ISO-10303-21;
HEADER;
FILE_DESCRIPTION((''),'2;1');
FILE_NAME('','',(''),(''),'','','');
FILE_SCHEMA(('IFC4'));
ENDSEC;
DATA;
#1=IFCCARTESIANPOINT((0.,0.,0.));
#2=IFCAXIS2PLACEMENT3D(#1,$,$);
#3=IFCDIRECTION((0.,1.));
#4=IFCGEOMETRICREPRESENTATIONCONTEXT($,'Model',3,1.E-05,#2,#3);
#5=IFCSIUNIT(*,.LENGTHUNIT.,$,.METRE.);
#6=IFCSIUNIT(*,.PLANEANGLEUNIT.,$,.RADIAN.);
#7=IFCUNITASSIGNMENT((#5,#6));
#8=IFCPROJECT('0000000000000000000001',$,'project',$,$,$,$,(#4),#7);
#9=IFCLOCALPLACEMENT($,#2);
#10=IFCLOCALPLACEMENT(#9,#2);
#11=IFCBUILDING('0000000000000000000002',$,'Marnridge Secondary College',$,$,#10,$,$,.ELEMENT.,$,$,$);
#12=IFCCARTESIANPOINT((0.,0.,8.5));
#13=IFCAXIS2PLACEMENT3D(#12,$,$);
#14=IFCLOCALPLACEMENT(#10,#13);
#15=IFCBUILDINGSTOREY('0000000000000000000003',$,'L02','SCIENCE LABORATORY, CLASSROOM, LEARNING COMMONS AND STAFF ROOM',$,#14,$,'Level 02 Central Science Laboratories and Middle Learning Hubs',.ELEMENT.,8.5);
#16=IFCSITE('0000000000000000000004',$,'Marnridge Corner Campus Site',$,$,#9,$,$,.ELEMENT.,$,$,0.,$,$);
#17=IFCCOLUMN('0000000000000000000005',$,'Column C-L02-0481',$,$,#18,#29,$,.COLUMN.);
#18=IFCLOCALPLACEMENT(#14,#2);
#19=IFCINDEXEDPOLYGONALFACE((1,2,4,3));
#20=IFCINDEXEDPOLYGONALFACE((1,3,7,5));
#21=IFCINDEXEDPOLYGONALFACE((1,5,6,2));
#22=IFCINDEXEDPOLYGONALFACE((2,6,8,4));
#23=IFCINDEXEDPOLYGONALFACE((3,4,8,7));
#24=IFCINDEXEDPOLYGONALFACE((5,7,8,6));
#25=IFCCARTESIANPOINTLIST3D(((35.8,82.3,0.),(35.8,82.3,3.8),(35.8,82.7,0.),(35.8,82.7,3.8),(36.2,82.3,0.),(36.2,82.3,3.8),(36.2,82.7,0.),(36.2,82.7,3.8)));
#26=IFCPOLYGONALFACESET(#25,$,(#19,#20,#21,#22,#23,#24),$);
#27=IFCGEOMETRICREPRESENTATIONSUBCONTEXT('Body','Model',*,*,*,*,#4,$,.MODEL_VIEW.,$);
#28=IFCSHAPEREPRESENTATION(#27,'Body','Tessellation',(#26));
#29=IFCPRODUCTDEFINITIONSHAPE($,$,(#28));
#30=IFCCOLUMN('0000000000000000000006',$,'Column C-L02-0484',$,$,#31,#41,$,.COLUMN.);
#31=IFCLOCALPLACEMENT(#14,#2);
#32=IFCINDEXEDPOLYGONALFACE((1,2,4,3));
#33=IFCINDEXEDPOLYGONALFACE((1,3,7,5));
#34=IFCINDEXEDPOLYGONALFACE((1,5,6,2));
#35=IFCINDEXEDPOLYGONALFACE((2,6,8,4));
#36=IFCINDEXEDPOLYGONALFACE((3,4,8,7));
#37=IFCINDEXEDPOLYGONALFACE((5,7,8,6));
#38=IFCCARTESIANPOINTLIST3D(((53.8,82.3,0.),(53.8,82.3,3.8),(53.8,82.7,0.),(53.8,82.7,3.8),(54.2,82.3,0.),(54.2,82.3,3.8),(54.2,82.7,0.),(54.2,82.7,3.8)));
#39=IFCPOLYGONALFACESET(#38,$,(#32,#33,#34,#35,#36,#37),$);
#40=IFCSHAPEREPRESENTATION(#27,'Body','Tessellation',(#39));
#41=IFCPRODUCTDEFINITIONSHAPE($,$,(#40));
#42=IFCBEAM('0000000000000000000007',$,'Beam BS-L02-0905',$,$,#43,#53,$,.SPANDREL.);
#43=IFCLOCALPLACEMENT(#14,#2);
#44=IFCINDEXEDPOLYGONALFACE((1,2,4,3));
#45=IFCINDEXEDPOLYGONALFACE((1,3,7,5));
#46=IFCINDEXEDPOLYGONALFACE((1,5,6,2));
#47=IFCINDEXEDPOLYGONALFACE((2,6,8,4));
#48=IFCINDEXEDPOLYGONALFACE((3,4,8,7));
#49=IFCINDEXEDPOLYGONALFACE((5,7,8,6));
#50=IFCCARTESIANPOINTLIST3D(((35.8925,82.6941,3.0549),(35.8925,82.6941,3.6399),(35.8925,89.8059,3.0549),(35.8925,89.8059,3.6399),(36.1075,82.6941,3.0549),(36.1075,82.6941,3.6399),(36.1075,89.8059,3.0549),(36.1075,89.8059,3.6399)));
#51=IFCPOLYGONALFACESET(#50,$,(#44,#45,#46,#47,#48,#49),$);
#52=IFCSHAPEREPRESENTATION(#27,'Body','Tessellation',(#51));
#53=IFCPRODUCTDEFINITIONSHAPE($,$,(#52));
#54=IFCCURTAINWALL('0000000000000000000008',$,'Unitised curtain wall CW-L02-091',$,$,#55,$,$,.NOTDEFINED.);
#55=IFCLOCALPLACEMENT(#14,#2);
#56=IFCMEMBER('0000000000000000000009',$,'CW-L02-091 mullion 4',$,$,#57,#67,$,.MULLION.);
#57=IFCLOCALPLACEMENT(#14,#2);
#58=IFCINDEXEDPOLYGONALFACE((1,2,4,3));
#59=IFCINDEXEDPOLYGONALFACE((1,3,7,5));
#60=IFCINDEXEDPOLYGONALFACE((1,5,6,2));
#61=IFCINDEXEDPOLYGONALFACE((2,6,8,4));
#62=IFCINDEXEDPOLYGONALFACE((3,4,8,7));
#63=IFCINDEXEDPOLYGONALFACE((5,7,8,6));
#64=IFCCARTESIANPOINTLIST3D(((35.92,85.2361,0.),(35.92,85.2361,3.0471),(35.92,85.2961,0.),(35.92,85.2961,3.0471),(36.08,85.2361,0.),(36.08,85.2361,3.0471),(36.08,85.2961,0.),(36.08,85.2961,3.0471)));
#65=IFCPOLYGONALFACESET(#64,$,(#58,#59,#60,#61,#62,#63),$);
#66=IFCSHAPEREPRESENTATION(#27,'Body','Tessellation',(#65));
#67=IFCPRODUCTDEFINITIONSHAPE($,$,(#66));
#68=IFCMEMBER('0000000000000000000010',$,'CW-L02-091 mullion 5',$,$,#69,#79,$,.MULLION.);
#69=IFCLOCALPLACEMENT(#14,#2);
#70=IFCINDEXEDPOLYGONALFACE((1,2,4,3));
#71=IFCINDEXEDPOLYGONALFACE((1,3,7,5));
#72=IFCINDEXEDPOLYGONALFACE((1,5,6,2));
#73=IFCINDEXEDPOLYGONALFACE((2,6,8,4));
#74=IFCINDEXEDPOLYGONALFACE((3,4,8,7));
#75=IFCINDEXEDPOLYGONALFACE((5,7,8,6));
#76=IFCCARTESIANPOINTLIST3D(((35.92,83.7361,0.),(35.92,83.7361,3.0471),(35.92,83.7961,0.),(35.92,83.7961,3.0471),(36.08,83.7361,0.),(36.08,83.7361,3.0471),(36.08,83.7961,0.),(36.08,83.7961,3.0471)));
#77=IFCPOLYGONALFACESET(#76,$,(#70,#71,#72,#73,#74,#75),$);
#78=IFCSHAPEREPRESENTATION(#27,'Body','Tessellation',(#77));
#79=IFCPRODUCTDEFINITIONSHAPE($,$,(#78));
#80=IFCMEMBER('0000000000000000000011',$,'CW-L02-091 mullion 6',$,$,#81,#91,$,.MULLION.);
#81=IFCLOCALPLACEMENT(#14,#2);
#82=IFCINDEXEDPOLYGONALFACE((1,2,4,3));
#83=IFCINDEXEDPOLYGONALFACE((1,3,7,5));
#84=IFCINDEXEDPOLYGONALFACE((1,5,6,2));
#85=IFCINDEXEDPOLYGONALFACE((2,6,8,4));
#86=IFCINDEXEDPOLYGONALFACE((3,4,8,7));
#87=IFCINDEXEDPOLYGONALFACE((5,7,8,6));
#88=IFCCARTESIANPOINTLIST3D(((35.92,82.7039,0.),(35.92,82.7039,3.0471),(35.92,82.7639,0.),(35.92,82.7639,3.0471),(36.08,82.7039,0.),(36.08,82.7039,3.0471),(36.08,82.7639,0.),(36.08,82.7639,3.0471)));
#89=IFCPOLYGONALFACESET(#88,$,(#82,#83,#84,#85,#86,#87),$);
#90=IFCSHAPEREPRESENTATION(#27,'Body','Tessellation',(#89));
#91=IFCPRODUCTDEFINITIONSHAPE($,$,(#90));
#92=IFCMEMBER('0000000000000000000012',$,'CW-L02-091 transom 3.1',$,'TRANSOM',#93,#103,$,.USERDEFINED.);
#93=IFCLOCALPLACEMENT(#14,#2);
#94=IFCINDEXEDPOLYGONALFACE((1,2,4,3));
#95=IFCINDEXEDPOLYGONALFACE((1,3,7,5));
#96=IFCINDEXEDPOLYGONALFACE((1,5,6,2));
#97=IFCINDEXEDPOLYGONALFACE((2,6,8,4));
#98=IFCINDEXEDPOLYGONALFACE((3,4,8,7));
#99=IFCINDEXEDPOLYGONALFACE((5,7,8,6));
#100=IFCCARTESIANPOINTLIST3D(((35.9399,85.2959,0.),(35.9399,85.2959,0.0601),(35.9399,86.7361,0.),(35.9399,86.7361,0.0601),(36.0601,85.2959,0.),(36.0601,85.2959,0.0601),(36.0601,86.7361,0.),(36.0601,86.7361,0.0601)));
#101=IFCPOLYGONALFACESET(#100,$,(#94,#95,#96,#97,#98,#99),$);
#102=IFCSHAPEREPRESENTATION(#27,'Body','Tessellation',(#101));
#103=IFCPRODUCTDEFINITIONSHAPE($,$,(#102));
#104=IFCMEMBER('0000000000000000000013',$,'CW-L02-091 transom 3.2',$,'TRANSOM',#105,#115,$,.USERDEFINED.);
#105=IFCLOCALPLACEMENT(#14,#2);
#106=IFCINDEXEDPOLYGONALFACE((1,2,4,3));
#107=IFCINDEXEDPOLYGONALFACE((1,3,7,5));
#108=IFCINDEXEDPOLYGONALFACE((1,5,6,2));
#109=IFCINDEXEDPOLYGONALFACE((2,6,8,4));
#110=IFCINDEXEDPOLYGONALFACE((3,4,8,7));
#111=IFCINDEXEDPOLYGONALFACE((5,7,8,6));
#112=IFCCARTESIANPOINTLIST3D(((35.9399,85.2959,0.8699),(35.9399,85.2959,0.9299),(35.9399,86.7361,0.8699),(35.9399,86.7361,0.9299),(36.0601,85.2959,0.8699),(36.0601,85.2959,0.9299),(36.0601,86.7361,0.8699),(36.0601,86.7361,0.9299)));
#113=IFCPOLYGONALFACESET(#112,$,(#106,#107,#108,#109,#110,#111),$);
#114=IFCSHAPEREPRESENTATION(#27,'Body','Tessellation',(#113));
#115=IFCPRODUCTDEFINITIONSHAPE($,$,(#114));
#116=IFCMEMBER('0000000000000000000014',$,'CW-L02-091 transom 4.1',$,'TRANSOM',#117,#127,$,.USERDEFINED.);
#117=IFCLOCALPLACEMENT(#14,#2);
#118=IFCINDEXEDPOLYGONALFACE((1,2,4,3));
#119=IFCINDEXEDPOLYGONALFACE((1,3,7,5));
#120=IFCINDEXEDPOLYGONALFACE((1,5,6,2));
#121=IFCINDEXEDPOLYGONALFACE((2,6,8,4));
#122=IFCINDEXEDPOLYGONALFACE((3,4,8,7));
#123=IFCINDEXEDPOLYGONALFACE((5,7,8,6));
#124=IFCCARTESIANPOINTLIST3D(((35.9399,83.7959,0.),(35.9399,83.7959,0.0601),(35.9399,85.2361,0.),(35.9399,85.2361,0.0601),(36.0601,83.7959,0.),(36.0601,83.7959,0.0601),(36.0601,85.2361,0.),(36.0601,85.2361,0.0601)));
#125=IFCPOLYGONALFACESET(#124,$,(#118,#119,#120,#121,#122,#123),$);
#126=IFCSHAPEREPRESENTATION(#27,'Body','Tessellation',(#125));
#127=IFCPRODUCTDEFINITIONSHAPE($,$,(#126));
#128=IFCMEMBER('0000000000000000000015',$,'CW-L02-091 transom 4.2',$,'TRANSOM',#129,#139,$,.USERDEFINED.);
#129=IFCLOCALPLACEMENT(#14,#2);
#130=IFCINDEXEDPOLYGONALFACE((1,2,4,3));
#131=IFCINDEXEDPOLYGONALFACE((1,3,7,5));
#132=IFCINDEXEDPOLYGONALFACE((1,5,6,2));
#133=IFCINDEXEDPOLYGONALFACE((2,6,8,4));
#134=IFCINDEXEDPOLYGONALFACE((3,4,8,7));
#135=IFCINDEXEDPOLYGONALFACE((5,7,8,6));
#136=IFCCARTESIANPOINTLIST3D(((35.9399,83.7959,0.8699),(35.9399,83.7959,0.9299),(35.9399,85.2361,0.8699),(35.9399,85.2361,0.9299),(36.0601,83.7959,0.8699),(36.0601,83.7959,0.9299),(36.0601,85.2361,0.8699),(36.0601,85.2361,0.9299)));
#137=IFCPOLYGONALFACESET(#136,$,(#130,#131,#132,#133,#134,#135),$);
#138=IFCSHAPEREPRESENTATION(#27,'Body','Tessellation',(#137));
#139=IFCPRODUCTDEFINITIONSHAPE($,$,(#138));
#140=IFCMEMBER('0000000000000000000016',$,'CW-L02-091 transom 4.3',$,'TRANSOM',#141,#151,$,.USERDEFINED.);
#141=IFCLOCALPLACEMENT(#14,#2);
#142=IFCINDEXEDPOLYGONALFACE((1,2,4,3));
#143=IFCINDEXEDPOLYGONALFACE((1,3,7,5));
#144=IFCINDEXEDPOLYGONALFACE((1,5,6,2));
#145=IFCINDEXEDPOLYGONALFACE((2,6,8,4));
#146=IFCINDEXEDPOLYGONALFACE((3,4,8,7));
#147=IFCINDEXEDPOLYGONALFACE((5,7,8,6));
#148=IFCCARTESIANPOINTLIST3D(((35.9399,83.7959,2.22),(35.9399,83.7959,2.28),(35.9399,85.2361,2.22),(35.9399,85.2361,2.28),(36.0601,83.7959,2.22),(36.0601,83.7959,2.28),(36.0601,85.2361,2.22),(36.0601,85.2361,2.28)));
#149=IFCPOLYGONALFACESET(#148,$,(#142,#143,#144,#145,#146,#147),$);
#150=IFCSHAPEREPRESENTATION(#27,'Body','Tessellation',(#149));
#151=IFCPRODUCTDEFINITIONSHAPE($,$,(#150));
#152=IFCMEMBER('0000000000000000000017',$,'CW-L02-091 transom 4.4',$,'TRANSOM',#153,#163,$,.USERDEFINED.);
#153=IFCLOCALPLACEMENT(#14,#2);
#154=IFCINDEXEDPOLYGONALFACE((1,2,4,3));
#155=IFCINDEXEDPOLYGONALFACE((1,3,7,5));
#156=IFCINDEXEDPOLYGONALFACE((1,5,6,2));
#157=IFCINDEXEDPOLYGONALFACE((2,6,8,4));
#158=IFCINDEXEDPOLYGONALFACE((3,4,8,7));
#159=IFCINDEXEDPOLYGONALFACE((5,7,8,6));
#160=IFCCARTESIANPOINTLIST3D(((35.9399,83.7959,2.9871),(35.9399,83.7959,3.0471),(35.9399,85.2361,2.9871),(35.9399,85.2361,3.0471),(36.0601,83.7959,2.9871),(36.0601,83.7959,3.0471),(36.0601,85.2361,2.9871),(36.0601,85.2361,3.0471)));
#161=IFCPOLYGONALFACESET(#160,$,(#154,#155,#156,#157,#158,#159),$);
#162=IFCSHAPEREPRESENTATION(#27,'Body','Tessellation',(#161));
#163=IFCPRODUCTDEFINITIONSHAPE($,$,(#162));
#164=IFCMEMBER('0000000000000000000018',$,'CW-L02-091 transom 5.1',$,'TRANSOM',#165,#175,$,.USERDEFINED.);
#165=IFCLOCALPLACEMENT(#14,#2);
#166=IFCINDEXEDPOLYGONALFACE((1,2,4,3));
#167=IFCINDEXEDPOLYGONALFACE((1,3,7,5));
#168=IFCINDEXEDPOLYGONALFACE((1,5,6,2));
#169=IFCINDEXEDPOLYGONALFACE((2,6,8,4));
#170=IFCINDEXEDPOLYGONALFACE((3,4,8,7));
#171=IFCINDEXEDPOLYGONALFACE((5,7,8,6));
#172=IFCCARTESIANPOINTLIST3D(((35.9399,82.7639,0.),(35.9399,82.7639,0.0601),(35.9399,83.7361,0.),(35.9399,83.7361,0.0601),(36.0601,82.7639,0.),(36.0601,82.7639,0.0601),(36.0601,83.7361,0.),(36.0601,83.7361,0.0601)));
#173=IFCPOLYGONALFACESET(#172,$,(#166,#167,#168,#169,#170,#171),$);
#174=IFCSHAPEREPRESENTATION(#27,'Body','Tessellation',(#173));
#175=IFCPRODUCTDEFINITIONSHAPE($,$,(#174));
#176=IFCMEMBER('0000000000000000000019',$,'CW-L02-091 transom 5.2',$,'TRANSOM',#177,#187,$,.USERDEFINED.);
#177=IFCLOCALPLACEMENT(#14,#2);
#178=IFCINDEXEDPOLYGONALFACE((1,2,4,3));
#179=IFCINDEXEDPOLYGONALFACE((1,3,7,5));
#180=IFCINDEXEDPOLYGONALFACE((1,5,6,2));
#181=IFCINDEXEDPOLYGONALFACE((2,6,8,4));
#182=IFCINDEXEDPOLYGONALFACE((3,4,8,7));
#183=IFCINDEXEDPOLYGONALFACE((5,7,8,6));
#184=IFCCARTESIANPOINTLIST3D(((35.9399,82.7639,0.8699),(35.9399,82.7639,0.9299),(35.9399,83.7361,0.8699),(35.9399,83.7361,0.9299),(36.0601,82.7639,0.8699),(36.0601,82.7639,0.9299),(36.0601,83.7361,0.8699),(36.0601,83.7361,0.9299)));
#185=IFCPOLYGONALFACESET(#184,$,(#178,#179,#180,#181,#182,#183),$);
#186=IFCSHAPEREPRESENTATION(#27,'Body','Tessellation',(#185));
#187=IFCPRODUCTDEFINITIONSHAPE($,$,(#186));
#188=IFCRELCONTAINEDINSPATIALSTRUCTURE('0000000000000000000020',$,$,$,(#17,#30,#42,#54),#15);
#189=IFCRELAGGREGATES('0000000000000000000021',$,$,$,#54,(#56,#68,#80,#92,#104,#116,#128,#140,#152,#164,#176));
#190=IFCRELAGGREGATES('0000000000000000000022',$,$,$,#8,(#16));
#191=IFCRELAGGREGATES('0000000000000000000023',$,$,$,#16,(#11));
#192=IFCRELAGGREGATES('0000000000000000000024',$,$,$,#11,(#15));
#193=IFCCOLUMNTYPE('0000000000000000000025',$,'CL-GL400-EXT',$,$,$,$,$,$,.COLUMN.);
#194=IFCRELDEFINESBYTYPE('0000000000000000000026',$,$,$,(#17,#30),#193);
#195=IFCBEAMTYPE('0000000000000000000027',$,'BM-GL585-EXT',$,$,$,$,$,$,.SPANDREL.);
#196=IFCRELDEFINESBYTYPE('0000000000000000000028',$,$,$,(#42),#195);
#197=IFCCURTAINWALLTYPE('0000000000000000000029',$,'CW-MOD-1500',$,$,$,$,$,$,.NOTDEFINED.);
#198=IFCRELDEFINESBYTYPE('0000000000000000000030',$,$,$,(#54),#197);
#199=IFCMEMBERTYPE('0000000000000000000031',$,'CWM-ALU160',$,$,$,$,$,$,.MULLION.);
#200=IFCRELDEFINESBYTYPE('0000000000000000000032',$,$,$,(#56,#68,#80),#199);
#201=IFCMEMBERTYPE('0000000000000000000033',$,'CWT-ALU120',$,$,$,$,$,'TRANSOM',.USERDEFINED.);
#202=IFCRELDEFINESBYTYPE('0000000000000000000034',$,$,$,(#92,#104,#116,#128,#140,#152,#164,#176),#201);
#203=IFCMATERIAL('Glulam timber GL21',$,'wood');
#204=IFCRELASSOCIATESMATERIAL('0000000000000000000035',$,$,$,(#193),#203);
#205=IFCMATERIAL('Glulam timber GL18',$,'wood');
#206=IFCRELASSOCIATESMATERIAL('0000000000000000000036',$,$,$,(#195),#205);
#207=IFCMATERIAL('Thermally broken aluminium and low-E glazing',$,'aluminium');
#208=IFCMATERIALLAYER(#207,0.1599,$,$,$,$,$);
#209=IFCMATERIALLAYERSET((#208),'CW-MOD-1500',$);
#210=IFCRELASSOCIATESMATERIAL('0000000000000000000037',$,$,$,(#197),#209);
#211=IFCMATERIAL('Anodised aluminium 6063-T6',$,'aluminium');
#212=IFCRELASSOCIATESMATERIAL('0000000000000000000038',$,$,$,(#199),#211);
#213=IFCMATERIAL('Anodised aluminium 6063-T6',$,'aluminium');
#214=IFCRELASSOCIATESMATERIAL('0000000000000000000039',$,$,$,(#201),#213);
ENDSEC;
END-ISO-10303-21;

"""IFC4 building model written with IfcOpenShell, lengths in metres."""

from ifc_helpers import new_model, si_unit, direction, frame, origin, origin_2d, place, context, subcontext, project, spatial, rectangle, extrude, material, layer, layer_set, material_profile, profile_set, type_object, element, aggregate, save


model = new_model("IFC4")

# Units and contexts
model_context = context("Model", 3, precision=1e-05, world=origin(), true_north=direction((0.0, 1.0)))
body_context = subcontext(model_context, "Body", "Model", "MODEL_VIEW")
ifc_project = project(units=[si_unit("LENGTHUNIT", "METRE"), si_unit("PLANEANGLEUNIT", "RADIAN")], contexts=[model_context])

# Site, building, storey
site_placement = place(None, origin())
site = spatial("IfcSite", under=ifc_project, at=site_placement, Name="Marnridge Corner Campus Site", CompositionType="ELEMENT", RefElevation=0.0)
building_placement = place(site_placement, origin())
building = spatial("IfcBuilding", under=site, at=building_placement, Name="Marnridge Secondary College", CompositionType="ELEMENT")
storey_placement = place(building_placement, frame((0.0, 0.0, 8.5)))
storey = spatial("IfcBuildingStorey", under=building, at=storey_placement, Name="L02", Description="SCIENCE LABORATORY, CLASSROOM, LEARNING COMMONS AND STAFF ROOM", LongName="Level 02 Central Science Laboratories and Middle Learning Hubs", CompositionType="ELEMENT", Elevation=8.5)

# Columns
ifc_material_1 = material(Name="Glulam timber GL21", Category="wood")
ifc_material_profile_1 = material_profile(ifc_material_1, rectangle(XDim=0.3999, YDim=0.3999, at=origin_2d()), Name="GL21 400x400")
ifc_profile_set_1 = profile_set([ifc_material_profile_1], Name="Glulam timber GL21")
column_type = type_object("IfcColumnType", Name="CL-GL400-EXT", PredefinedType="COLUMN", material=ifc_profile_set_1)
for number, where, z_axis, x_axis, name in (
    (1, (36.0, 82.5, 0.0), (0.0, 0.0, 1.0), (1.0, 0.0, 0.0), "Column C-L02-0481"),
    (2, (54.0, 82.5, 0.0), (0.0, 0.0, 1.0), (1.0, 0.0, 0.0), "Column C-L02-0484"),
):
    element("IfcColumn", number, at=place(storey_placement, frame(where, z_axis=z_axis, x_axis=x_axis)), inside=storey, type_object=column_type, Name=name, PredefinedType="COLUMN", context=body_context, shape_type="SweptSolid", body=[
        extrude(rectangle(XDim=0.3999, YDim=0.3999, at=origin_2d()), origin(), (0.0, 0.0, 1.0), 3.8),
    ])

# Beam
ifc_material_2 = material(Name="Glulam timber GL18", Category="wood")
ifc_material_profile_2 = material_profile(ifc_material_2, rectangle(XDim=0.2151, YDim=0.585, at=origin_2d()), Name="GL18 215x585")
ifc_profile_set_2 = profile_set([ifc_material_profile_2], Name="Glulam timber GL18")
beam_type = type_object("IfcBeamType", Name="BM-GL585-EXT", PredefinedType="SPANDREL", material=ifc_profile_set_2)
beam_placement = place(storey_placement, frame((36.0, 82.6941, 3.3474), z_axis=(0.0, 1.0, 0.0), x_axis=(-1.0, 0.0, 0.0)))
element("IfcBeam", 3, at=beam_placement, inside=storey, type_object=beam_type, Name="Beam BS-L02-0905", PredefinedType="SPANDREL", context=body_context, shape_type="SweptSolid", body=[
    extrude(rectangle(XDim=0.2151, YDim=0.585, at=origin_2d()), origin(), (0.0, 0.0, 1.0), 7.1118),
])

# Curtain wall, members
ifc_material_3 = material(Name="Thermally broken aluminium and low-E glazing", Category="aluminium")
ifc_layer_1 = layer(ifc_material_3, 0.1599)
ifc_layer_set_1 = layer_set([ifc_layer_1], Name="CW-MOD-1500")
curtain_wall_type = type_object("IfcCurtainWallType", Name="CW-MOD-1500", PredefinedType="NOTDEFINED", material=ifc_layer_set_1)
curtain_wall_placement = place(storey_placement, origin())
curtain_wall = element("IfcCurtainWall", 4, at=curtain_wall_placement, inside=storey, type_object=curtain_wall_type, Name="Unitised curtain wall CW-L02-091", PredefinedType="NOTDEFINED")
ifc_material_4 = material(Name="Anodised aluminium 6063-T6", Category="aluminium")
ifc_material_profile_3 = material_profile(ifc_material_4, rectangle(XDim=0.0601, YDim=0.1599, at=origin_2d()), Name="ALU 60x160")
ifc_profile_set_3 = profile_set([ifc_material_profile_3], Name="Anodised aluminium 6063-T6")
member_type_1 = type_object("IfcMemberType", Name="CWM-ALU160", PredefinedType="MULLION", material=ifc_profile_set_3)
member_1_placement = place(storey_placement, frame((36.0, 85.2661, 0.0), z_axis=(0.0, 0.0, 1.0), x_axis=(0.0, -1.0, 0.0)))
member_1 = element("IfcMember", 5, at=member_1_placement, type_object=member_type_1, Name="CW-L02-091 mullion 4", PredefinedType="MULLION", context=body_context, shape_type="SweptSolid", body=[
    extrude(rectangle(XDim=0.0601, YDim=0.1599, at=origin_2d()), origin(), (0.0, 0.0, 1.0), 3.0471),
])
member_2_placement = place(storey_placement, frame((36.0, 83.7661, 0.0), z_axis=(0.0, 0.0, 1.0), x_axis=(0.0, -1.0, 0.0)))
member_2 = element("IfcMember", 6, at=member_2_placement, type_object=member_type_1, Name="CW-L02-091 mullion 5", PredefinedType="MULLION", context=body_context, shape_type="SweptSolid", body=[
    extrude(rectangle(XDim=0.0601, YDim=0.1599, at=origin_2d()), origin(), (0.0, 0.0, 1.0), 3.0471),
])
member_3_placement = place(storey_placement, frame((36.0, 82.7339, 0.0), z_axis=(0.0, 0.0, 1.0), x_axis=(0.0, -1.0, 0.0)))
member_3 = element("IfcMember", 7, at=member_3_placement, type_object=member_type_1, Name="CW-L02-091 mullion 6", PredefinedType="MULLION", context=body_context, shape_type="SweptSolid", body=[
    extrude(rectangle(XDim=0.0601, YDim=0.1599, at=origin_2d()), origin(), (0.0, 0.0, 1.0), 3.0471),
])
ifc_material_5 = material(Name="Anodised aluminium 6063-T6", Category="aluminium")
ifc_material_profile_4 = material_profile(ifc_material_5, rectangle(XDim=0.0601, YDim=0.1201, at=origin_2d()), Name="ALU 60x120")
ifc_profile_set_4 = profile_set([ifc_material_profile_4], Name="Anodised aluminium 6063-T6")
member_type_2 = type_object("IfcMemberType", Name="CWT-ALU120", ElementType="TRANSOM", PredefinedType="USERDEFINED", material=ifc_profile_set_4)
member_4_placement = place(storey_placement, frame((36.0, 86.7361, 0.03), z_axis=(0.0, -1.0, 0.0), x_axis=(0.0, 0.0, 1.0)))
member_4 = element("IfcMember", 8, at=member_4_placement, type_object=member_type_2, Name="CW-L02-091 transom 3.1", ObjectType="TRANSOM", PredefinedType="USERDEFINED", context=body_context, shape_type="SweptSolid", body=[
    extrude(rectangle(XDim=0.0601, YDim=0.1201, at=origin_2d()), origin(), (0.0, 0.0, 1.0), 1.4402),
])
member_5_placement = place(storey_placement, frame((36.0, 86.7361, 0.8999), z_axis=(0.0, -1.0, 0.0), x_axis=(0.0, 0.0, 1.0)))
member_5 = element("IfcMember", 9, at=member_5_placement, type_object=member_type_2, Name="CW-L02-091 transom 3.2", ObjectType="TRANSOM", PredefinedType="USERDEFINED", context=body_context, shape_type="SweptSolid", body=[
    extrude(rectangle(XDim=0.0601, YDim=0.1201, at=origin_2d()), origin(), (0.0, 0.0, 1.0), 1.4402),
])
member_6_placement = place(storey_placement, frame((36.0, 85.2361, 0.03), z_axis=(0.0, -1.0, 0.0), x_axis=(0.0, 0.0, 1.0)))
member_6 = element("IfcMember", 10, at=member_6_placement, type_object=member_type_2, Name="CW-L02-091 transom 4.1", ObjectType="TRANSOM", PredefinedType="USERDEFINED", context=body_context, shape_type="SweptSolid", body=[
    extrude(rectangle(XDim=0.0601, YDim=0.1201, at=origin_2d()), origin(), (0.0, 0.0, 1.0), 1.4402),
])
member_7_placement = place(storey_placement, frame((36.0, 85.2361, 0.8999), z_axis=(0.0, -1.0, 0.0), x_axis=(0.0, 0.0, 1.0)))
member_7 = element("IfcMember", 11, at=member_7_placement, type_object=member_type_2, Name="CW-L02-091 transom 4.2", ObjectType="TRANSOM", PredefinedType="USERDEFINED", context=body_context, shape_type="SweptSolid", body=[
    extrude(rectangle(XDim=0.0601, YDim=0.1201, at=origin_2d()), origin(), (0.0, 0.0, 1.0), 1.4402),
])
member_8_placement = place(storey_placement, frame((36.0, 85.2361, 2.25), z_axis=(0.0, -1.0, 0.0), x_axis=(0.0, 0.0, 1.0)))
member_8 = element("IfcMember", 12, at=member_8_placement, type_object=member_type_2, Name="CW-L02-091 transom 4.3", ObjectType="TRANSOM", PredefinedType="USERDEFINED", context=body_context, shape_type="SweptSolid", body=[
    extrude(rectangle(XDim=0.0601, YDim=0.1201, at=origin_2d()), origin(), (0.0, 0.0, 1.0), 1.4402),
])
member_9_placement = place(storey_placement, frame((36.0, 85.2361, 3.0171), z_axis=(0.0, -1.0, 0.0), x_axis=(0.0, 0.0, 1.0)))
member_9 = element("IfcMember", 13, at=member_9_placement, type_object=member_type_2, Name="CW-L02-091 transom 4.4", ObjectType="TRANSOM", PredefinedType="USERDEFINED", context=body_context, shape_type="SweptSolid", body=[
    extrude(rectangle(XDim=0.0601, YDim=0.1201, at=origin_2d()), origin(), (0.0, 0.0, 1.0), 1.4402),
])
member_10_placement = place(storey_placement, frame((36.0, 83.7361, 0.03), z_axis=(0.0, -1.0, 0.0), x_axis=(0.0, 0.0, 1.0)))
member_10 = element("IfcMember", 14, at=member_10_placement, type_object=member_type_2, Name="CW-L02-091 transom 5.1", ObjectType="TRANSOM", PredefinedType="USERDEFINED", context=body_context, shape_type="SweptSolid", body=[
    extrude(rectangle(XDim=0.0601, YDim=0.1201, at=origin_2d()), origin(), (0.0, 0.0, 1.0), 0.9722),
])
member_11_placement = place(storey_placement, frame((36.0, 83.7361, 0.8999), z_axis=(0.0, -1.0, 0.0), x_axis=(0.0, 0.0, 1.0)))
member_11 = element("IfcMember", 15, at=member_11_placement, type_object=member_type_2, Name="CW-L02-091 transom 5.2", ObjectType="TRANSOM", PredefinedType="USERDEFINED", context=body_context, shape_type="SweptSolid", body=[
    extrude(rectangle(XDim=0.0601, YDim=0.1201, at=origin_2d()), origin(), (0.0, 0.0, 1.0), 0.9722),
])
aggregate(curtain_wall, [member_1, member_2, member_3, member_4, member_5, member_6, member_7, member_8, member_9, member_10, member_11])

save(model, "model.ifc")
